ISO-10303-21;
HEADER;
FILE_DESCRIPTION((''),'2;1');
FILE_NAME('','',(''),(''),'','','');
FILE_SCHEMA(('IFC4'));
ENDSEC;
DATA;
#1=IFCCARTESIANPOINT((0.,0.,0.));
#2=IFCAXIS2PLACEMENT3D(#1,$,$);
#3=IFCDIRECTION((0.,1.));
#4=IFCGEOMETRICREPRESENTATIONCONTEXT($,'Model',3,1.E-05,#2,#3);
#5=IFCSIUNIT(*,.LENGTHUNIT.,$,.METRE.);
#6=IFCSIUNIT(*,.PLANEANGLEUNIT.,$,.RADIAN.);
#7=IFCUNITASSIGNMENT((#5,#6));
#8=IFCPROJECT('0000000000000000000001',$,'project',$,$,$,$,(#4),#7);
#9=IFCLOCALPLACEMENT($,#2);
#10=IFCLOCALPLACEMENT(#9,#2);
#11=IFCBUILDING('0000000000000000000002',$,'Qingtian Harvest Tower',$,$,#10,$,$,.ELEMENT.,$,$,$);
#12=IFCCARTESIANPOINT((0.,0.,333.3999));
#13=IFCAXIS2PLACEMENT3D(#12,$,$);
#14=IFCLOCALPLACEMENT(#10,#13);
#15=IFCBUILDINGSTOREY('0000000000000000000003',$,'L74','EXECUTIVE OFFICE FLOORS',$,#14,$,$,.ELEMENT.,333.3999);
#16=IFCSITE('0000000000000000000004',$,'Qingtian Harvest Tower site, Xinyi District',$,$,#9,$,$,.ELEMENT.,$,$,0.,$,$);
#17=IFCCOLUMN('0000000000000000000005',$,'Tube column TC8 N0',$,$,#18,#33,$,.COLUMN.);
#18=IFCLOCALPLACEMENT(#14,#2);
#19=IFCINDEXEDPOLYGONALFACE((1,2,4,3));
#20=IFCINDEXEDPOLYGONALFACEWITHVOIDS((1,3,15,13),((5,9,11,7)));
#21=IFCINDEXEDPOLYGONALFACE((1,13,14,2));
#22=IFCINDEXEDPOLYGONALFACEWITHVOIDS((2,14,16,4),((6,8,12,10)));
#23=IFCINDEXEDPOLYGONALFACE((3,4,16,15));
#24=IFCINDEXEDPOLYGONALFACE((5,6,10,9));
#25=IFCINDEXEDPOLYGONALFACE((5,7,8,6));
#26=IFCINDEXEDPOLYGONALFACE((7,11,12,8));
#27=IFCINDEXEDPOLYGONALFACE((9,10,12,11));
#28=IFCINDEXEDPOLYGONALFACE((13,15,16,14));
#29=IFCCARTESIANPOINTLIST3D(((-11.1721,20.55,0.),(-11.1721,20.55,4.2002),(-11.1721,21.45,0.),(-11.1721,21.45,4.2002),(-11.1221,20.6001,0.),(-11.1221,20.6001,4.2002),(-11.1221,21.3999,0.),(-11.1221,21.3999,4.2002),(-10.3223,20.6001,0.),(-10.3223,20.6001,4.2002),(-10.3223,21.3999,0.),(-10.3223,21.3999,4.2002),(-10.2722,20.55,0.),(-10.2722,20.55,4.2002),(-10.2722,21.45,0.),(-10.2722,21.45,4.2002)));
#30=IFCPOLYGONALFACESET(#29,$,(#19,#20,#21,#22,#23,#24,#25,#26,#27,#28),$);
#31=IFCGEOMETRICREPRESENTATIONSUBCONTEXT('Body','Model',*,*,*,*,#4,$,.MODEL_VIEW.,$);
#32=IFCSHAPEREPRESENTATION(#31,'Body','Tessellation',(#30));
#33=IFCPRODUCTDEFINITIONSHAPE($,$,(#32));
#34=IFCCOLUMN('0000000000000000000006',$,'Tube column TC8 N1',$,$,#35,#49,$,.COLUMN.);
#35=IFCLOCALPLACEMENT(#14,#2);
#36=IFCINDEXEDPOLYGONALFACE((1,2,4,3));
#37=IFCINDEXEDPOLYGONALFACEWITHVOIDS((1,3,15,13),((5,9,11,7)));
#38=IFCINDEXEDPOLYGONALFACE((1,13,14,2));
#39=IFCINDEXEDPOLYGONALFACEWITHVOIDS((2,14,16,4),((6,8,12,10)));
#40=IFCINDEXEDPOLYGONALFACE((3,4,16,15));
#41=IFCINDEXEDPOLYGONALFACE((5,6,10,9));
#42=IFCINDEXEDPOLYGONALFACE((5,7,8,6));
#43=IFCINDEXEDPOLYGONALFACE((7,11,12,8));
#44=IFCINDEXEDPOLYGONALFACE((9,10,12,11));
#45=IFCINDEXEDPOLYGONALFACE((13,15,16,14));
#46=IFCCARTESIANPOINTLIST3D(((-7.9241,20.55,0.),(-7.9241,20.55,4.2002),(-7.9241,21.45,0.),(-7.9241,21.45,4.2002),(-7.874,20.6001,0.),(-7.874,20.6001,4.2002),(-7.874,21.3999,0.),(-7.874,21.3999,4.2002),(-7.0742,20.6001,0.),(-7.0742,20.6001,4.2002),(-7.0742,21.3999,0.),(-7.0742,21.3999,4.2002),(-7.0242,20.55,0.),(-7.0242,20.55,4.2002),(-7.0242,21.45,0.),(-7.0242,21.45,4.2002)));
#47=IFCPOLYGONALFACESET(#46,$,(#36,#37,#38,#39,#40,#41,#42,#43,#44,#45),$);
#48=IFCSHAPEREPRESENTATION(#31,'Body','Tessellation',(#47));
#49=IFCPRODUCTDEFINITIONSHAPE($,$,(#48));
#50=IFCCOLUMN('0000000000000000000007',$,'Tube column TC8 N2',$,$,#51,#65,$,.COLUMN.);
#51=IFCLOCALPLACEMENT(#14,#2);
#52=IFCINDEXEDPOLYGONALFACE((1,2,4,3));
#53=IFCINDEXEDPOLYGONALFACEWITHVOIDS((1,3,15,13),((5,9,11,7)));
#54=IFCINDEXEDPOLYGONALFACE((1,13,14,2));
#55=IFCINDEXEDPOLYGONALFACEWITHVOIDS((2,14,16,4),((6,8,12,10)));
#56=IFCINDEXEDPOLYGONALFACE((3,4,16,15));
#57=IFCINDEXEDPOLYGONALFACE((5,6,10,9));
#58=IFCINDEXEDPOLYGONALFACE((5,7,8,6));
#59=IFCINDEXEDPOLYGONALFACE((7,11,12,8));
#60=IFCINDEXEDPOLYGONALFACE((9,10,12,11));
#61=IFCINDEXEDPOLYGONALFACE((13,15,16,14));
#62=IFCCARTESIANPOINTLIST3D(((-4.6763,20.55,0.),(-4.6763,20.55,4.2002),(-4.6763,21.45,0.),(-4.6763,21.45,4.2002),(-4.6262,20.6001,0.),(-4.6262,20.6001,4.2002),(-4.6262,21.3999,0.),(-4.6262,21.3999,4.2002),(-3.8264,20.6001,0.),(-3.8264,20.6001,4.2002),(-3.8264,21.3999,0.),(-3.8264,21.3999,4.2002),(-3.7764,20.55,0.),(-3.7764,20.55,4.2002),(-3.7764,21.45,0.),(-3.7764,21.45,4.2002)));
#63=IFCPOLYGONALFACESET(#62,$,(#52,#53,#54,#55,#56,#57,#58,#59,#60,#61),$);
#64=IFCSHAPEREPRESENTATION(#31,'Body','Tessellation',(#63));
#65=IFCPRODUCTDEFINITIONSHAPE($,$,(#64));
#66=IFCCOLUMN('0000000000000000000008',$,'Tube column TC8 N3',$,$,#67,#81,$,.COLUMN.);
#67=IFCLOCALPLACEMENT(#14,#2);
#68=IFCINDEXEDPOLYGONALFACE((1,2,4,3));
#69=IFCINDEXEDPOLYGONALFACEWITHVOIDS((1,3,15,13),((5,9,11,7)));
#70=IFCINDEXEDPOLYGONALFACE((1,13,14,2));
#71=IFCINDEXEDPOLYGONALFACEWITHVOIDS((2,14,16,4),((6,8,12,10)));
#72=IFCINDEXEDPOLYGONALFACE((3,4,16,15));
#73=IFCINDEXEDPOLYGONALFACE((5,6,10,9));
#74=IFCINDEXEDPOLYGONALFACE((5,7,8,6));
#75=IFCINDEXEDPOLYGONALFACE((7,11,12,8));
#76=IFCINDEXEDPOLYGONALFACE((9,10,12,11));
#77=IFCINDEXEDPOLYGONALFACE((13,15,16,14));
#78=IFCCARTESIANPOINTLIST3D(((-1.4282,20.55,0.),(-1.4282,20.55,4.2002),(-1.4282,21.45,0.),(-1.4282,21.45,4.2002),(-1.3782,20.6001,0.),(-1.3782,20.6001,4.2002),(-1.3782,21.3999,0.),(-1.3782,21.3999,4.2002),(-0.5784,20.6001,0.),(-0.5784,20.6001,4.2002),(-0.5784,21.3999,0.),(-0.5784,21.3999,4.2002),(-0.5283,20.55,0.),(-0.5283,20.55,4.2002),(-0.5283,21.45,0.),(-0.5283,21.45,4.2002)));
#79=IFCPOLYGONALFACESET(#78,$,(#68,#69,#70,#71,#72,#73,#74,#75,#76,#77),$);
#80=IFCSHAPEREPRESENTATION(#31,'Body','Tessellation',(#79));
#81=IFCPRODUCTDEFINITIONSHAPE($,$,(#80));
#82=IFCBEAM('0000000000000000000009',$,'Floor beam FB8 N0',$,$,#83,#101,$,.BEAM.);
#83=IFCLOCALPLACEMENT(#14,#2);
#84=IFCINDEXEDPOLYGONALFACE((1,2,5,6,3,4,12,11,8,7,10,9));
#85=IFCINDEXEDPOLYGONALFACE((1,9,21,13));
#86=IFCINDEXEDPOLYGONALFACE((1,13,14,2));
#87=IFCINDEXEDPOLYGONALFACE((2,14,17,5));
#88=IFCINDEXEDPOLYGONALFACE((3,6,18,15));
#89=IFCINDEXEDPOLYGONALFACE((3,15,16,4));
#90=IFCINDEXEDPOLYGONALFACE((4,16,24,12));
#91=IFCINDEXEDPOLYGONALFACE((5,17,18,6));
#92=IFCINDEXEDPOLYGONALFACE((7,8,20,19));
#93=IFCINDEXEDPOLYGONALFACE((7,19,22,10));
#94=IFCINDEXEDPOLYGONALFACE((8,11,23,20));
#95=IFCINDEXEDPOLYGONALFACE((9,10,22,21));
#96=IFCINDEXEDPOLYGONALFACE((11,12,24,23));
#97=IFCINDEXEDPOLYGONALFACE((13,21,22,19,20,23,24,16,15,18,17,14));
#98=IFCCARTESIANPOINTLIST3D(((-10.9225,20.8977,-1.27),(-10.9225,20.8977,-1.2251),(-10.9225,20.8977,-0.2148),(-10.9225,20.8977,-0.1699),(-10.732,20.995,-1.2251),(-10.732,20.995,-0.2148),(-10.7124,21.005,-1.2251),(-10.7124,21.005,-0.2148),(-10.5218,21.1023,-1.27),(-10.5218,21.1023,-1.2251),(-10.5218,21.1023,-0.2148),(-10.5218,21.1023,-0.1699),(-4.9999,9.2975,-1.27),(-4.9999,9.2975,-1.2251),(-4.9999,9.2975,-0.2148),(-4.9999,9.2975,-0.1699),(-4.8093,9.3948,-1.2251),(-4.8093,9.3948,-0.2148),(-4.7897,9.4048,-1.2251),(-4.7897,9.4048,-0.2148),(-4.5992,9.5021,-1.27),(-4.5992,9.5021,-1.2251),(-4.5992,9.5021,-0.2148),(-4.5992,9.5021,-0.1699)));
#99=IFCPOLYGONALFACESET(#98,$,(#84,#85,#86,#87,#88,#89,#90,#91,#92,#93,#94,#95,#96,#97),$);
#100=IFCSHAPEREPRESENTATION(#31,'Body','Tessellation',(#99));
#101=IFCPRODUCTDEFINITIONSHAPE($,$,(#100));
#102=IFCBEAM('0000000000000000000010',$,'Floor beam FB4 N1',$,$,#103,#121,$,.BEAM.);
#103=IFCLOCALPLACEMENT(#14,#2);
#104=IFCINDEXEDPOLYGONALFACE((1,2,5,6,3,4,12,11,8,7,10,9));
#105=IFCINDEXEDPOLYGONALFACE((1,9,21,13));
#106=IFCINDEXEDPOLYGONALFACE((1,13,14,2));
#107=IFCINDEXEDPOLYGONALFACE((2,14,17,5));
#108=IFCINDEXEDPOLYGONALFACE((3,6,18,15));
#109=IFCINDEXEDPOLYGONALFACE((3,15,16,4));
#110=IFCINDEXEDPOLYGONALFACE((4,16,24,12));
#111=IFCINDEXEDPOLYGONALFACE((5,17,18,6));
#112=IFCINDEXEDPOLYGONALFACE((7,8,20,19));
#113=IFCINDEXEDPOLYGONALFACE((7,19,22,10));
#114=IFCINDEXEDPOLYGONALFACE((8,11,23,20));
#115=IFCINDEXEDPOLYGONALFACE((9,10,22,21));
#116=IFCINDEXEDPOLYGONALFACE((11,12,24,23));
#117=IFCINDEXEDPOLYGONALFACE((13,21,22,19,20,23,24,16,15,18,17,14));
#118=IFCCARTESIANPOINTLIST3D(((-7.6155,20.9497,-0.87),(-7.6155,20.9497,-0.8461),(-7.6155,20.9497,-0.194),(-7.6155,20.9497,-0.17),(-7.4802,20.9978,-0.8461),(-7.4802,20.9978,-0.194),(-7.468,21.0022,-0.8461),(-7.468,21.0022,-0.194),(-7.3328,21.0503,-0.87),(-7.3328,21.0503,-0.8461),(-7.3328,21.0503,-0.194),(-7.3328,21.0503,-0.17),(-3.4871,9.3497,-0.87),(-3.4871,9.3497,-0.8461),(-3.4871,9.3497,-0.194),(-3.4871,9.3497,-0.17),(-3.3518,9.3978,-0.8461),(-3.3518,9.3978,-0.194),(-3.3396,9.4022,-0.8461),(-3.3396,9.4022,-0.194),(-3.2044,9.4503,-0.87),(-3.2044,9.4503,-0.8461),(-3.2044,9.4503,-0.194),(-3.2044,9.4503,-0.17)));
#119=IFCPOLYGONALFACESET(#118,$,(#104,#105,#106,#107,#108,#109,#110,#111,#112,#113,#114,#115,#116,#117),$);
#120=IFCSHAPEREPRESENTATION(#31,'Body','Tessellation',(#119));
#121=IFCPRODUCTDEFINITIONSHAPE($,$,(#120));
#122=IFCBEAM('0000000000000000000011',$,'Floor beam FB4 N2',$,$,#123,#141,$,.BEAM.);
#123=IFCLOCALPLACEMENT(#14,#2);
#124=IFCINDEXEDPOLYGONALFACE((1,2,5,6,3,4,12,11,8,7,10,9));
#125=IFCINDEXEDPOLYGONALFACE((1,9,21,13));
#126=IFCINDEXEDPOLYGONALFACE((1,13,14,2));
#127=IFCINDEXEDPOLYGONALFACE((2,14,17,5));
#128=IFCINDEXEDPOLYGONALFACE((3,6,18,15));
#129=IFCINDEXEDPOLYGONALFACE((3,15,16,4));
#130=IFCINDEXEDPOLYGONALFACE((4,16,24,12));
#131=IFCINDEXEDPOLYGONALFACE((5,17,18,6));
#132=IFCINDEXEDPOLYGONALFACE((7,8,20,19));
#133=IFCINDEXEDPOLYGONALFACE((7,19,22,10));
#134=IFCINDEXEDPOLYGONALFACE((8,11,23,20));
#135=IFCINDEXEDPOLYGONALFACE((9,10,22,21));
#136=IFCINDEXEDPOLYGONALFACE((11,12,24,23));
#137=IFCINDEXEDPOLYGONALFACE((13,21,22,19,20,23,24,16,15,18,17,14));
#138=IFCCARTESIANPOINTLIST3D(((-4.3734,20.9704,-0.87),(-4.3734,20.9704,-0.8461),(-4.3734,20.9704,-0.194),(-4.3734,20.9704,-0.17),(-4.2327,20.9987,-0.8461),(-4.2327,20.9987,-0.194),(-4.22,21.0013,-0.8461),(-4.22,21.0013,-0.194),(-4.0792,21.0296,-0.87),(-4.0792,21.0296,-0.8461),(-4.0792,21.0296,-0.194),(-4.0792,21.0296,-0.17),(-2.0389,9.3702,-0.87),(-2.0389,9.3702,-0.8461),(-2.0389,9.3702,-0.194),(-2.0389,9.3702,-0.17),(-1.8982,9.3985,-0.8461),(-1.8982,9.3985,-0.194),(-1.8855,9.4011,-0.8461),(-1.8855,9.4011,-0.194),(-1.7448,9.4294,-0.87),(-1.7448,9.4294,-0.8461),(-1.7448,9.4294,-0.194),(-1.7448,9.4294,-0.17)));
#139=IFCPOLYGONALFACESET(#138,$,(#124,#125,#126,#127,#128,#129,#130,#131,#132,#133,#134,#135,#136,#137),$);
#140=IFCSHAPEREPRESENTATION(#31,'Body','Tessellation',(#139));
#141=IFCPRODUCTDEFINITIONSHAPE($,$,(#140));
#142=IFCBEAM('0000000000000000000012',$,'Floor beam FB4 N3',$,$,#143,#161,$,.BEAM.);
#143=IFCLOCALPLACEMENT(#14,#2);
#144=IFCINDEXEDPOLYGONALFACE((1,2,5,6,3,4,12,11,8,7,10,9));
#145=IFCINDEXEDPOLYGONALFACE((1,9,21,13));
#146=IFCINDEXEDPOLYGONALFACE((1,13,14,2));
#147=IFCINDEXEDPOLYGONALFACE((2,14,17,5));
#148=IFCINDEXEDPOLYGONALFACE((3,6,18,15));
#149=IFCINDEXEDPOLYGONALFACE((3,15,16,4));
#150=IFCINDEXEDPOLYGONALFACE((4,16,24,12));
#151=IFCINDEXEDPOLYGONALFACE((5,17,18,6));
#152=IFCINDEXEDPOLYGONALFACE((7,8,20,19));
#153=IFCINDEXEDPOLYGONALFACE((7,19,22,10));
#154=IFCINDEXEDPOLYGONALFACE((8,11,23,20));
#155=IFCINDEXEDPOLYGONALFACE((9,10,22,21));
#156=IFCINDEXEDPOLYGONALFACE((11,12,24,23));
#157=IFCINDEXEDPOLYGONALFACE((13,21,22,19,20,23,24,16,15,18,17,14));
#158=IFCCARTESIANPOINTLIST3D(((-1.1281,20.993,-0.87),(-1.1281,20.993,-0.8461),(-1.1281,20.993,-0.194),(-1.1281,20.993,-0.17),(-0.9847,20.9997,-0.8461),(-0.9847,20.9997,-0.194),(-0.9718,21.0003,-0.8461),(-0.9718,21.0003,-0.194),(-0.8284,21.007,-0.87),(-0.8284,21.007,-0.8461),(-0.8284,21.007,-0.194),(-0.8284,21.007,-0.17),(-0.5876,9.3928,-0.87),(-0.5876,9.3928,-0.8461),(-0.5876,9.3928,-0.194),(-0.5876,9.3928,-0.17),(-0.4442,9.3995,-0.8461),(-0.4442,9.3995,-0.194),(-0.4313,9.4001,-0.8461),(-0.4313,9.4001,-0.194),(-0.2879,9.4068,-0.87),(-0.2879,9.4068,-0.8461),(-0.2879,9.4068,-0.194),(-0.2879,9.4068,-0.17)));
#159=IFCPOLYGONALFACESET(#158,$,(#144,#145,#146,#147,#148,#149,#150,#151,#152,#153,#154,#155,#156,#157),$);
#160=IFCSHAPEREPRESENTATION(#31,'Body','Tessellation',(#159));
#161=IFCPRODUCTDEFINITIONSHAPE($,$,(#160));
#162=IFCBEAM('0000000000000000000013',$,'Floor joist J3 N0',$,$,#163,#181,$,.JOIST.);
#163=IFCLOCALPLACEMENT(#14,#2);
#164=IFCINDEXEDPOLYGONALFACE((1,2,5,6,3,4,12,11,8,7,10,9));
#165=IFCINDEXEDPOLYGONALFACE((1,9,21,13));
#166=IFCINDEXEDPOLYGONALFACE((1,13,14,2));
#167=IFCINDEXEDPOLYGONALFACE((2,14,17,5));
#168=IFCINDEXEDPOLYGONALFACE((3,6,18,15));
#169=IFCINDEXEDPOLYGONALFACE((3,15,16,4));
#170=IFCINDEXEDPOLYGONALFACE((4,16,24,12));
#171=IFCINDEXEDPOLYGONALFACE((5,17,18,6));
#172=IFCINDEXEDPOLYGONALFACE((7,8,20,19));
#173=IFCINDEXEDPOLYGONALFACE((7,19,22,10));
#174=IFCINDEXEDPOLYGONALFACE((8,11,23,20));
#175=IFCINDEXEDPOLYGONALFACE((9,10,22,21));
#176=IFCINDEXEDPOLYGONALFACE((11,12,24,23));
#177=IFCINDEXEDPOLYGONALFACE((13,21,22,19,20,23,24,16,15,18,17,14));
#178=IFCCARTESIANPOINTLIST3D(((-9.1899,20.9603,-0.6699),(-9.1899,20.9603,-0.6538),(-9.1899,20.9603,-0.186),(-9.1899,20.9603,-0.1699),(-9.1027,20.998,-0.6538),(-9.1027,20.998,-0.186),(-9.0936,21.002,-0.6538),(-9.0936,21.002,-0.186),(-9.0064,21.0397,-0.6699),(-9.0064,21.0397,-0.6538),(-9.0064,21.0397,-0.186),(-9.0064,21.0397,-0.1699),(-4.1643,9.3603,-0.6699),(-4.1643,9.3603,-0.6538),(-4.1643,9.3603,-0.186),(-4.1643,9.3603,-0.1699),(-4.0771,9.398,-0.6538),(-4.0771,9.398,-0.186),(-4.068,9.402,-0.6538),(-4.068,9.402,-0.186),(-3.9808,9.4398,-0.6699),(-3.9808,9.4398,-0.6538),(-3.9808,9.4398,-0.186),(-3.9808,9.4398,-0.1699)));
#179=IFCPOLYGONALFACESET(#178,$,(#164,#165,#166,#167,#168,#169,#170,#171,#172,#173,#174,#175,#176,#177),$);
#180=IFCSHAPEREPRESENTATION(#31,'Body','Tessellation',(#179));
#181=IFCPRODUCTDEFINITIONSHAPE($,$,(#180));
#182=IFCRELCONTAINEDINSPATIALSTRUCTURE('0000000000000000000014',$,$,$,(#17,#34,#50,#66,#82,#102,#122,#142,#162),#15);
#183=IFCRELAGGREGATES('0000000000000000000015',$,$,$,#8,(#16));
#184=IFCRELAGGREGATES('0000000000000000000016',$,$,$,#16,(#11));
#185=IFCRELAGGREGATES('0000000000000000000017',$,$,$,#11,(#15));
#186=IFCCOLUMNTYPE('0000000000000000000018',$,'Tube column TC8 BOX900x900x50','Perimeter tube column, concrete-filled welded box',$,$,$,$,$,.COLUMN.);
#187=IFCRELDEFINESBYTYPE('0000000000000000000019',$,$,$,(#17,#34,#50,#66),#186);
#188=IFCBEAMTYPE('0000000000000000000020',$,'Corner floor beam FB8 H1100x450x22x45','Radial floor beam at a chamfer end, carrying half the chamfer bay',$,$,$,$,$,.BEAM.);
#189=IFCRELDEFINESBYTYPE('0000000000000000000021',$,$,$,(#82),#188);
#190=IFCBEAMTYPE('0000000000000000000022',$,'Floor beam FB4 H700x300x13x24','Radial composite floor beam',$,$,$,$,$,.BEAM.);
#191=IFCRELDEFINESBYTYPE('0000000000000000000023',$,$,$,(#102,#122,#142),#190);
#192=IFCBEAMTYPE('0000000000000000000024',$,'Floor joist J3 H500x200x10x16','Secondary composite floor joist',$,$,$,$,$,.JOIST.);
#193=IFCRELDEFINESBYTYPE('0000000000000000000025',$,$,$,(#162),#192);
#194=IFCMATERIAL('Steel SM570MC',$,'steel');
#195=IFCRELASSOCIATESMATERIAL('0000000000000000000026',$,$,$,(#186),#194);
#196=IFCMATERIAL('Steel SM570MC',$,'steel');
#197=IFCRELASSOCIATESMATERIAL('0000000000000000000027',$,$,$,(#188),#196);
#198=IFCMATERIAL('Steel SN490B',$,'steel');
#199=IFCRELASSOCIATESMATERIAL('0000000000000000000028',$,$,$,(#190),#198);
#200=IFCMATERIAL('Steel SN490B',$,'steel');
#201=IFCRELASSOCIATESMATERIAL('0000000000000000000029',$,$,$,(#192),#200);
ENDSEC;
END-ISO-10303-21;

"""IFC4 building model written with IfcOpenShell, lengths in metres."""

from ifc_helpers import new_model, si_unit, direction, frame, origin, origin_2d, place, context, subcontext, project, spatial, hollow_rectangle, i_section, extrude, material, material_profile, profile_set, type_object, element, save


model = new_model("IFC4")

# Units and contexts
model_context = context("Model", 3, precision=1e-05, world=origin(), true_north=direction((0.0, 1.0)))
body_context = subcontext(model_context, "Body", "Model", "MODEL_VIEW")
ifc_project = project(units=[si_unit("LENGTHUNIT", "METRE"), si_unit("PLANEANGLEUNIT", "RADIAN")], contexts=[model_context])

# Site, building, storey
site_placement = place(None, origin())
site = spatial("IfcSite", under=ifc_project, at=site_placement, Name="Qingtian Harvest Tower site, Xinyi District", CompositionType="ELEMENT", RefElevation=0.0)
building_placement = place(site_placement, origin())
building = spatial("IfcBuilding", under=site, at=building_placement, Name="Qingtian Harvest Tower", CompositionType="ELEMENT")
storey_placement = place(building_placement, frame((0.0, 0.0, 333.3999)))
storey = spatial("IfcBuildingStorey", under=building, at=storey_placement, Name="L74", Description="EXECUTIVE OFFICE FLOORS", CompositionType="ELEMENT", Elevation=333.3999)

# Columns
ifc_material_1 = material(Name="Steel SM570MC", Category="steel")
ifc_material_profile_1 = material_profile(ifc_material_1, hollow_rectangle(XDim=0.8999, YDim=0.8999, WallThickness=0.05, at=origin_2d()), Name="BOX900x900x50")
ifc_profile_set_1 = profile_set([ifc_material_profile_1], Name="Steel SM570MC")
column_type = type_object("IfcColumnType", Name="Tube column TC8 BOX900x900x50", Description="Perimeter tube column, concrete-filled welded box", PredefinedType="COLUMN", material=ifc_profile_set_1)
for number, where, z_axis, x_axis, name in (
    (1, (-10.7222, 21.0, 0.0), (0.0, 0.0, 1.0), (-1.0, 0.0, 0.0), "Tube column TC8 N0"),
    (2, (-7.4741, 21.0, 0.0), (0.0, 0.0, 1.0), (-1.0, 0.0, 0.0), "Tube column TC8 N1"),
    (3, (-4.2263, 21.0, 0.0), (0.0, 0.0, 1.0), (-1.0, 0.0, 0.0), "Tube column TC8 N2"),
    (4, (-0.9783, 21.0, 0.0), (0.0, 0.0, 1.0), (-1.0, 0.0, 0.0), "Tube column TC8 N3"),
):
    element("IfcColumn", number, at=place(storey_placement, frame(where, z_axis=z_axis, x_axis=x_axis)), inside=storey, type_object=column_type, Name=name, PredefinedType="COLUMN", context=body_context, shape_type="SweptSolid", body=[
        extrude(hollow_rectangle(XDim=0.8999, YDim=0.8999, WallThickness=0.05, at=origin_2d()), origin(), (0.0, 0.0, 1.0), 4.2002),
    ])

# Beams
ifc_material_2 = material(Name="Steel SM570MC", Category="steel")
ifc_material_profile_2 = material_profile(ifc_material_2, i_section(OverallWidth=0.45, OverallDepth=1.1001, WebThickness=0.022, FlangeThickness=0.0449, at=origin_2d()), Name="H1100x450x22x45")
ifc_profile_set_2 = profile_set([ifc_material_profile_2], Name="Steel SM570MC")
beam_type_1 = type_object("IfcBeamType", Name="Corner floor beam FB8 H1100x450x22x45", Description="Radial floor beam at a chamfer end, carrying half the chamfer bay", PredefinedType="BEAM", material=ifc_profile_set_2)
beam_1_placement = place(storey_placement, frame((-10.7222, 21.0, -0.72), z_axis=(0.454726, -0.890632, 0.0), x_axis=(0.890632, 0.454726, 0.0)))
element("IfcBeam", 5, at=beam_1_placement, inside=storey, type_object=beam_type_1, Name="Floor beam FB8 N0", PredefinedType="BEAM", context=body_context, shape_type="SweptSolid", body=[
    extrude(i_section(OverallWidth=0.45, OverallDepth=1.1001, WebThickness=0.022, FlangeThickness=0.0449, at=origin_2d()), origin(), (0.0, 0.0, 1.0), 13.0247),
])
ifc_material_3 = material(Name="Steel SN490B", Category="steel")
ifc_material_profile_3 = material_profile(ifc_material_3, i_section(OverallWidth=0.3, OverallDepth=0.7, WebThickness=0.0129, FlangeThickness=0.0239, at=origin_2d()), Name="H700x300x13x24")
ifc_profile_set_3 = profile_set([ifc_material_profile_3], Name="Steel SN490B")
beam_type_2 = type_object("IfcBeamType", Name="Floor beam FB4 H700x300x13x24", Description="Radial composite floor beam", PredefinedType="BEAM", material=ifc_profile_set_3)
beam_2_placement = place(storey_placement, frame((-7.4741, 21.0, -0.52), z_axis=(0.335294, -0.942114, 0.0), x_axis=(0.942114, 0.335294, 0.0)))
element("IfcBeam", 6, at=beam_2_placement, inside=storey, type_object=beam_type_2, Name="Floor beam FB4 N1", PredefinedType="BEAM", context=body_context, shape_type="SweptSolid", body=[
    extrude(i_section(OverallWidth=0.3, OverallDepth=0.7, WebThickness=0.0129, FlangeThickness=0.0239, at=origin_2d()), origin(), (0.0, 0.0, 1.0), 12.3127),
])
beam_3_placement = place(storey_placement, frame((-4.2263, 21.0, -0.52), z_axis=(0.19729, -0.980345, 0.0), x_axis=(0.980345, 0.19729, 0.0)))
element("IfcBeam", 7, at=beam_3_placement, inside=storey, type_object=beam_type_2, Name="Floor beam FB4 N2", PredefinedType="BEAM", context=body_context, shape_type="SweptSolid", body=[
    extrude(i_section(OverallWidth=0.3, OverallDepth=0.7, WebThickness=0.0129, FlangeThickness=0.0239, at=origin_2d()), origin(), (0.0, 0.0, 1.0), 11.8328),
])
beam_4_placement = place(storey_placement, frame((-0.9783, 21.0, -0.52), z_axis=(0.046546, -0.998916, 0.0), x_axis=(0.998916, 0.046546, 0.0)))
element("IfcBeam", 8, at=beam_4_placement, inside=storey, type_object=beam_type_2, Name="Floor beam FB4 N3", PredefinedType="BEAM", context=body_context, shape_type="SweptSolid", body=[
    extrude(i_section(OverallWidth=0.3, OverallDepth=0.7, WebThickness=0.0129, FlangeThickness=0.0239, at=origin_2d()), origin(), (0.0, 0.0, 1.0), 11.6128),
])
ifc_material_4 = material(Name="Steel SN490B", Category="steel")
ifc_material_profile_4 = material_profile(ifc_material_4, i_section(OverallWidth=0.2, OverallDepth=0.5, WebThickness=0.01, FlangeThickness=0.0161, at=origin_2d()), Name="H500x200x10x16")
ifc_profile_set_4 = profile_set([ifc_material_profile_4], Name="Steel SN490B")
beam_type_3 = type_object("IfcBeamType", Name="Floor joist J3 H500x200x10x16", Description="Secondary composite floor joist", PredefinedType="JOIST", material=ifc_profile_set_4)
beam_5_placement = place(storey_placement, frame((-9.0981, 21.0, -0.4199), z_axis=(0.397536, -0.917587, 0.0), x_axis=(0.917587, 0.397536, 0.0)))
element("IfcBeam", 9, at=beam_5_placement, inside=storey, type_object=beam_type_3, Name="Floor joist J3 N0", PredefinedType="JOIST", context=body_context, shape_type="SweptSolid", body=[
    extrude(i_section(OverallWidth=0.2, OverallDepth=0.5, WebThickness=0.01, FlangeThickness=0.0161, at=origin_2d()), origin(), (0.0, 0.0, 1.0), 12.6418),
])

save(model, "model.ifc")
